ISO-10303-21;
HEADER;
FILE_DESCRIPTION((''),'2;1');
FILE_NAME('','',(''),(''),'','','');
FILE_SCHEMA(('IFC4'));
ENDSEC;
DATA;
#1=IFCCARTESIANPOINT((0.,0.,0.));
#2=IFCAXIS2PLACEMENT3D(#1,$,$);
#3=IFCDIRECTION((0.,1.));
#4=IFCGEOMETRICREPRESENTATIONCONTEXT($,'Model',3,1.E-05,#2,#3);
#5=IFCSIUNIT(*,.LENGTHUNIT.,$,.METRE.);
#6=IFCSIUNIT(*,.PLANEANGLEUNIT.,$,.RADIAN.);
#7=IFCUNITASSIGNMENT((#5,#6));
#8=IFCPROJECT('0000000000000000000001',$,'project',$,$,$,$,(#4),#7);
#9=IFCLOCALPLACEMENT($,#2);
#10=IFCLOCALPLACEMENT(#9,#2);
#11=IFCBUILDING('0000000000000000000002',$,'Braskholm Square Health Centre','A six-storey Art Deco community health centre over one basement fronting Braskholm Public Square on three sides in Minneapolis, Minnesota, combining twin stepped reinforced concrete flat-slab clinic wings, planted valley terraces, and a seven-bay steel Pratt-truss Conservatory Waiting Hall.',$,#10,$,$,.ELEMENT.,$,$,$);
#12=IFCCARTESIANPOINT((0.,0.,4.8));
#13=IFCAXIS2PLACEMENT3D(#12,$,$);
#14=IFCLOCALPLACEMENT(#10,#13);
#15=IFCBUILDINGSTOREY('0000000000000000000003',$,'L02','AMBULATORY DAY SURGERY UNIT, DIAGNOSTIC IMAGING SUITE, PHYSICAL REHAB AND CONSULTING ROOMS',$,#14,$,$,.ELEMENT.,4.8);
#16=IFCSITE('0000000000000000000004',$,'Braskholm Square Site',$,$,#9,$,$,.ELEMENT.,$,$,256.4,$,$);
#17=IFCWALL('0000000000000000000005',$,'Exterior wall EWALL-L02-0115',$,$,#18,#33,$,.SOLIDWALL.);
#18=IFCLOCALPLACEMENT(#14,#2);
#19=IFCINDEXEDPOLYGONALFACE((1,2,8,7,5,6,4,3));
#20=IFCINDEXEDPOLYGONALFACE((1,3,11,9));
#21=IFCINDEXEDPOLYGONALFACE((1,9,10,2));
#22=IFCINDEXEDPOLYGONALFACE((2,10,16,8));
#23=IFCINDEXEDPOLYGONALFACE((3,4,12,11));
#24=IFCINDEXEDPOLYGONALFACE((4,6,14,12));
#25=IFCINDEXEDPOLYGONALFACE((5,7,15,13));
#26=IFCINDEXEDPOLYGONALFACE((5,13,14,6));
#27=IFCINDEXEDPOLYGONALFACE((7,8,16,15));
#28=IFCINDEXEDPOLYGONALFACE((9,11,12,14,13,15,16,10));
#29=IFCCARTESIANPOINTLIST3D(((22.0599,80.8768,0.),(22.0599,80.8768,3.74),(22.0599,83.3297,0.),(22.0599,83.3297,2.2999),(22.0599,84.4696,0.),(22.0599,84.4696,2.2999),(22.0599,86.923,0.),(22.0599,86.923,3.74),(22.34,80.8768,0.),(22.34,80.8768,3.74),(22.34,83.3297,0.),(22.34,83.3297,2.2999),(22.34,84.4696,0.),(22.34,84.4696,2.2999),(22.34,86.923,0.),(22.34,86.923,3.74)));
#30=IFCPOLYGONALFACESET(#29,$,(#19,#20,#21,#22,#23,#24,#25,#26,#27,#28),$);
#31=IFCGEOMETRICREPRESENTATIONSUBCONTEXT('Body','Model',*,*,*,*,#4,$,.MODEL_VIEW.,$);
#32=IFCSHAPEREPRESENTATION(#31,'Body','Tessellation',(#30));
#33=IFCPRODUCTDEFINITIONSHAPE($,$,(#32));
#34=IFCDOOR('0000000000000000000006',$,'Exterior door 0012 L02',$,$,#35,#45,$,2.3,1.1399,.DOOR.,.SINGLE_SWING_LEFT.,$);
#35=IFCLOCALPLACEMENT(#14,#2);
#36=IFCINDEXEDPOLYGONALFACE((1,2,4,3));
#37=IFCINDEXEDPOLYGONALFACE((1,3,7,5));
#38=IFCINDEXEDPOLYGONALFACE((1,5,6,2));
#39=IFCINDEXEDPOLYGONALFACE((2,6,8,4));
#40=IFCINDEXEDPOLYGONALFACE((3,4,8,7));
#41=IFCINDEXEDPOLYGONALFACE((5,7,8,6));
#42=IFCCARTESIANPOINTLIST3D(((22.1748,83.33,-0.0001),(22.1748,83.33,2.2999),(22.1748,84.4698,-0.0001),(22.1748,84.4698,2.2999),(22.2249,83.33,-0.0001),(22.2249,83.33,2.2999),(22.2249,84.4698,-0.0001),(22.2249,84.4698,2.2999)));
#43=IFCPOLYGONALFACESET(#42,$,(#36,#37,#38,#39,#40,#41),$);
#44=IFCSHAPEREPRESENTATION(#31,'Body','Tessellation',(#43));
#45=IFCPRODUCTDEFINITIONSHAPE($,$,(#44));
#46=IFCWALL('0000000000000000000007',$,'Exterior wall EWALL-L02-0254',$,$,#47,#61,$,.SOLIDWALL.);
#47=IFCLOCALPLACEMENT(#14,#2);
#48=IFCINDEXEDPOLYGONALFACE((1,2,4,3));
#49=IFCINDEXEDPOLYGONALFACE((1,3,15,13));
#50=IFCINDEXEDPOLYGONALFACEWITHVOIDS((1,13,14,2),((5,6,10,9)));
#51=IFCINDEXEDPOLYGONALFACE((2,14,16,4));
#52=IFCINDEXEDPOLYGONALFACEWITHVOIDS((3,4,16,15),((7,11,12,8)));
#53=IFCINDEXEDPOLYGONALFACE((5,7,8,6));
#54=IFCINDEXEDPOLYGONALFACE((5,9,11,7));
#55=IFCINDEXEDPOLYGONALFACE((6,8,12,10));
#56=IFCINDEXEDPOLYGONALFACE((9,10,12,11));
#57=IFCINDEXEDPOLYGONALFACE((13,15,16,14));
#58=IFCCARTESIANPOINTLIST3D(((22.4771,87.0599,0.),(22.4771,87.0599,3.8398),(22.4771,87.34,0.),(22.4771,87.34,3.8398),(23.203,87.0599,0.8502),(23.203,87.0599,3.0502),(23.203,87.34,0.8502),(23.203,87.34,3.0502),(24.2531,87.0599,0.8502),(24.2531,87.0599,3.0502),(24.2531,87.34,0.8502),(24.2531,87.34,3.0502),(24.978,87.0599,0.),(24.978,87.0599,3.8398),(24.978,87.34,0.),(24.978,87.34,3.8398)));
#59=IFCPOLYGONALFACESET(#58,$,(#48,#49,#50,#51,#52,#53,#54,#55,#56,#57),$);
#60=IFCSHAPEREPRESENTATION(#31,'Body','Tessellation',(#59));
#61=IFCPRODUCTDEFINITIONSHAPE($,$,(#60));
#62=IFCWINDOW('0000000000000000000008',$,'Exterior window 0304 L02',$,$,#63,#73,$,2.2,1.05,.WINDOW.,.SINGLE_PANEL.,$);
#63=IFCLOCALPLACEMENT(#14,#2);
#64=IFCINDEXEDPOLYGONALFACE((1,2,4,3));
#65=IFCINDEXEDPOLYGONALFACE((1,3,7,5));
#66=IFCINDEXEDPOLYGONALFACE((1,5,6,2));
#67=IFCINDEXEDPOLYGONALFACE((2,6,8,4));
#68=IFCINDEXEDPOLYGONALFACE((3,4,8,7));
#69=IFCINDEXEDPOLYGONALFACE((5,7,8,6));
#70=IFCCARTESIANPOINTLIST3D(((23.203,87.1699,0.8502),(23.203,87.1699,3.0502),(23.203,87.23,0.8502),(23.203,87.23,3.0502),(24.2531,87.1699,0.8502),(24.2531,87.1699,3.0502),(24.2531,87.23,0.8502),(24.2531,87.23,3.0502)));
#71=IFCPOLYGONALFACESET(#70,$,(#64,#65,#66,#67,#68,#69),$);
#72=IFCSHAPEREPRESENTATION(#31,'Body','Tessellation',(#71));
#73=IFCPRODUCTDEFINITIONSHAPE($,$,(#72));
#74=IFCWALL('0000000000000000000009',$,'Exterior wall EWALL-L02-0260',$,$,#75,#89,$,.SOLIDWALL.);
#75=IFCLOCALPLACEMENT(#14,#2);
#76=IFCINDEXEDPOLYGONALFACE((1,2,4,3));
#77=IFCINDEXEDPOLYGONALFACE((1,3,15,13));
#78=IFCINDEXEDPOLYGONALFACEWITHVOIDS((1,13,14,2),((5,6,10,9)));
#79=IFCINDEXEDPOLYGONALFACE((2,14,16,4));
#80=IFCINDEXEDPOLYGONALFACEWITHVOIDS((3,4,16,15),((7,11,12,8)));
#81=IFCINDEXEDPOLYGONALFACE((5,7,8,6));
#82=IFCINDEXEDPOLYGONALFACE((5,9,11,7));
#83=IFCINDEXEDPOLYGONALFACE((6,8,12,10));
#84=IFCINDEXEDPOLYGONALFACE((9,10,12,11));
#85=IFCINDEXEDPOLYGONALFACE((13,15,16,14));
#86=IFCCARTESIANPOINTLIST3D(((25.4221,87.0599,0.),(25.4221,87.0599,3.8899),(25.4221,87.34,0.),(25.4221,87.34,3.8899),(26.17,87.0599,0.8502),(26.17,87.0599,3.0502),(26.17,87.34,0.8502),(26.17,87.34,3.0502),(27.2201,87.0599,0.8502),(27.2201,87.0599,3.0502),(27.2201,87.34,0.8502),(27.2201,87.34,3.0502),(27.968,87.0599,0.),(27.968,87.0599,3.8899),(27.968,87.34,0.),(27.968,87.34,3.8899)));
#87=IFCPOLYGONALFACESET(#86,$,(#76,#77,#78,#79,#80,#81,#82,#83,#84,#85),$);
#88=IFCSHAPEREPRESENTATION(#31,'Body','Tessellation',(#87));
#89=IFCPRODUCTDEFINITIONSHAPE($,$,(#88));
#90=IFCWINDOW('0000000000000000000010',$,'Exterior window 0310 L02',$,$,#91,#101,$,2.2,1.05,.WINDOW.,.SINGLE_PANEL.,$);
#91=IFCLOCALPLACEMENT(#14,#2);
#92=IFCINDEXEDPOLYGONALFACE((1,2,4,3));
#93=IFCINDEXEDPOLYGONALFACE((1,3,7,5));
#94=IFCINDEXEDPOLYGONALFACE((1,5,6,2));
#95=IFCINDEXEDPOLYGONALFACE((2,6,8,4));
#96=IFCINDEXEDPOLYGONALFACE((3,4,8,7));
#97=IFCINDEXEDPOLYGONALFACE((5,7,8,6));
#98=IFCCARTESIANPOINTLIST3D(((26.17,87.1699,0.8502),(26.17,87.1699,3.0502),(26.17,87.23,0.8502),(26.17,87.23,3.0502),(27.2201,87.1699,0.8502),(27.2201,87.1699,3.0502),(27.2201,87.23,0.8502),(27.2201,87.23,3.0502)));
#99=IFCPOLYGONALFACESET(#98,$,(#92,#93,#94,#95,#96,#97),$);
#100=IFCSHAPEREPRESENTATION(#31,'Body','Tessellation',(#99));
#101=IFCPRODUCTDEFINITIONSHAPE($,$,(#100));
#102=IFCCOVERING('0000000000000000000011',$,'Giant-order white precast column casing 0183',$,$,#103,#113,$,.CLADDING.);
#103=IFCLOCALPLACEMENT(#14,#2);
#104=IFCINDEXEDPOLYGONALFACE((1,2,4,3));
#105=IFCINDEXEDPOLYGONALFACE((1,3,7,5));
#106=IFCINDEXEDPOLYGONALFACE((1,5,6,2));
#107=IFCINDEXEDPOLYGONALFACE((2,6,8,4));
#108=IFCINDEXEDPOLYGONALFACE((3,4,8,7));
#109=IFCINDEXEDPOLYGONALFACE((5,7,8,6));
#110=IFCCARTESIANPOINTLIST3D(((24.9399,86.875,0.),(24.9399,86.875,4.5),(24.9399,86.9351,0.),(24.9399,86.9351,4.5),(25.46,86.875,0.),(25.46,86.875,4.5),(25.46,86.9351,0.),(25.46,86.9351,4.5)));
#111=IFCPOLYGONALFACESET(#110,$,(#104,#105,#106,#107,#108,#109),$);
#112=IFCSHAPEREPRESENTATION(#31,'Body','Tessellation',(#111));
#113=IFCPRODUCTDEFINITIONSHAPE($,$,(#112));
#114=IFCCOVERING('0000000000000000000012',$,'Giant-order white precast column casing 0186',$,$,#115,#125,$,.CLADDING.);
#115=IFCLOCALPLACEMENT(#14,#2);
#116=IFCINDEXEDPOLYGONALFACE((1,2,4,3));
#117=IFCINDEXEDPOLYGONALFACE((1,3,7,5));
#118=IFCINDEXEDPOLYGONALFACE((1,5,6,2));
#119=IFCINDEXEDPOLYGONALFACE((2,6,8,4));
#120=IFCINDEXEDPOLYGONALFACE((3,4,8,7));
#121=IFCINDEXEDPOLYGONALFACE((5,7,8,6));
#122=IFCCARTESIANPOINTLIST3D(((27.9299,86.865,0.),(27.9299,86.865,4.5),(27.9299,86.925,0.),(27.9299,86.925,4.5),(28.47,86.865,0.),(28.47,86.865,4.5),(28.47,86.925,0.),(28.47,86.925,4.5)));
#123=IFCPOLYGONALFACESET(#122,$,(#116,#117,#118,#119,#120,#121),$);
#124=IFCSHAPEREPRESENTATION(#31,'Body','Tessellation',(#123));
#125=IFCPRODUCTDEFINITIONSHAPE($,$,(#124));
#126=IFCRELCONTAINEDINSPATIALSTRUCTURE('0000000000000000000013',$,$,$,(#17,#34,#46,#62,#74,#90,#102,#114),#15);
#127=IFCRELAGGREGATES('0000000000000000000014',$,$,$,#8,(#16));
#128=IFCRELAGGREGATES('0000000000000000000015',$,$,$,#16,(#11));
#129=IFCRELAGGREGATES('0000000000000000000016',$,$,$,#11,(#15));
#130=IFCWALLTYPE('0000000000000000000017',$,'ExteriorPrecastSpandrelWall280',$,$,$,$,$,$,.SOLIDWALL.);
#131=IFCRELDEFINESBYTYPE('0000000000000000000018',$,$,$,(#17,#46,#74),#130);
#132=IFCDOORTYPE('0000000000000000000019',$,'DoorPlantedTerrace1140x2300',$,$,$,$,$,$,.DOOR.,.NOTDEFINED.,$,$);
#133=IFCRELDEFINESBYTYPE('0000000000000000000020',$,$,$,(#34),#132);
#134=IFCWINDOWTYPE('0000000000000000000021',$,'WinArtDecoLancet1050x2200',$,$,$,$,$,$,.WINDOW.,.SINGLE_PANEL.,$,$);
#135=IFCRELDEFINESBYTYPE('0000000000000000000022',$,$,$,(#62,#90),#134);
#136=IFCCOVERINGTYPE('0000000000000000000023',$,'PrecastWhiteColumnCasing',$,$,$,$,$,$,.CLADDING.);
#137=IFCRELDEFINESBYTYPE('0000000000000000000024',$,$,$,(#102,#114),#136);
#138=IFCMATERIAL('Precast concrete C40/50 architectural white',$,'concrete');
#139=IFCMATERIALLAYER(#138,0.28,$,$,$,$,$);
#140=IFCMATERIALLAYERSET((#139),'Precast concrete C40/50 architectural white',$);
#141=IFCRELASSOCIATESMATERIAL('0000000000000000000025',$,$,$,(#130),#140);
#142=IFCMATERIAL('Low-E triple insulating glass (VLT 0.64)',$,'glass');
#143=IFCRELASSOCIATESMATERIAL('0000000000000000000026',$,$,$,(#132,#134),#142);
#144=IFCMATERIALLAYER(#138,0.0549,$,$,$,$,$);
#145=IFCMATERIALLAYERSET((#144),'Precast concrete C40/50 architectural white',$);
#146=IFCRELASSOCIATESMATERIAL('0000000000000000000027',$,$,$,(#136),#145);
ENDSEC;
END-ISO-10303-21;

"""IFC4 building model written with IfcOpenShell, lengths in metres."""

from ifc_helpers import new_model, si_unit, direction, frame, frame_2d, origin, origin_with_axes, origin_2d, place, context, subcontext, project, spatial, rectangle, extrude, material, layer, layer_set, type_object, element, fill, save


model = new_model("IFC4")

# Units and contexts
model_context = context("Model", 3, precision=1e-05, world=origin(), true_north=direction((0.0, 1.0)))
body_context = subcontext(model_context, "Body", "Model", "MODEL_VIEW")
ifc_project = project(units=[si_unit("LENGTHUNIT", "METRE"), si_unit("PLANEANGLEUNIT", "RADIAN")], contexts=[model_context])

# Site, building, storey
site_placement = place(None, origin())
site = spatial("IfcSite", under=ifc_project, at=site_placement, Name="Braskholm Square Site", CompositionType="ELEMENT", RefElevation=256.4)
building_placement = place(site_placement, origin())
building = spatial("IfcBuilding", under=site, at=building_placement, Name="Braskholm Square Health Centre", Description="A six-storey Art Deco community health centre over one basement fronting Braskholm Public Square on three sides in Minneapolis, Minnesota, combining twin stepped reinforced concrete flat-slab clinic wings, planted valley terraces, and a seven-bay steel Pratt-truss Conservatory Waiting Hall.", CompositionType="ELEMENT")
storey_placement = place(building_placement, frame((0.0, 0.0, 4.8)))
storey = spatial("IfcBuildingStorey", under=building, at=storey_placement, Name="L02", Description="AMBULATORY DAY SURGERY UNIT, DIAGNOSTIC IMAGING SUITE, PHYSICAL REHAB AND CONSULTING ROOMS", CompositionType="ELEMENT", Elevation=4.8)

# Shared definitions
ifc_material_1 = material(Name="Precast concrete C40/50 architectural white", Category="concrete")

# Wall, opening, door
ifc_layer_1 = layer(ifc_material_1, 0.28)
ifc_layer_set_1 = layer_set([ifc_layer_1], Name="Precast concrete C40/50 architectural white")
wall_type = type_object("IfcWallType", Name="ExteriorPrecastSpandrelWall280", PredefinedType="SOLIDWALL", material=ifc_layer_set_1)
wall_1_placement = place(storey_placement, frame((22.2, 80.877, 0.0), z_axis=(0.0, 0.0, 1.0), x_axis=(0.0, 1.0, 0.0)))
wall_1 = element("IfcWall", 1, at=wall_1_placement, inside=storey, type_object=wall_type, Name="Exterior wall EWALL-L02-0115", PredefinedType="SOLIDWALL", context=body_context, shape_type="SweptSolid", body=[
    extrude(rectangle(XDim=6.0461, YDim=0.28, at=frame_2d((3.0229, 0.0))), origin(), (0.0, 0.0, 1.0), 3.74),
])
opening_1_placement = place(wall_1_placement, frame((2.4529, 0.0, 0.0)))
opening_1 = element("IfcOpeningElement", 2, at=opening_1_placement, cuts=wall_1, PredefinedType="OPENING", context=body_context, shape_type="SweptSolid", body=[
    extrude(rectangle(XDim=1.1399, YDim=2.3, at=frame_2d((0.5698, 1.1499))), frame((0.0, 0.1499, 0.0), z_axis=(0.0, -1.0, 0.0), x_axis=(1.0, 0.0, 0.0)), (0.0, 0.0, 1.0), 0.3),
])
ifc_material_2 = material(Name="Low-E triple insulating glass (VLT 0.64)", Category="glass")
door_type = type_object("IfcDoorType", Name="DoorPlantedTerrace1140x2300", OperationType="NOTDEFINED", PredefinedType="DOOR", material=ifc_material_2)
door_placement = place(opening_1_placement, frame((1.1399, 0.0, 0.0), z_axis=(0.0, 0.0, 1.0), x_axis=(-1.0, 0.0, 0.0)))
door = element("IfcDoor", 3, at=door_placement, inside=storey, type_object=door_type, Name="Exterior door 0012 L02", OperationType="SINGLE_SWING_LEFT", OverallHeight=2.3, OverallWidth=1.1399, PredefinedType="DOOR", context=body_context, shape_type="SweptSolid", body=[
    extrude(rectangle(XDim=1.1399, YDim=2.3, at=frame_2d((0.5698, 1.1499))), frame((0.0, 0.0249, 0.0), z_axis=(0.0, -1.0, 0.0), x_axis=(1.0, 0.0, 0.0)), (0.0, 0.0, 1.0), 0.05),
])
fill(opening_1, door)

# Walls, openings, windows
wall_2_placement = place(storey_placement, frame((22.4771, 87.2, 0.0), z_axis=(0.0, 0.0, 1.0), x_axis=(1.0, 0.0, 0.0)))
wall_2 = element("IfcWall", 4, at=wall_2_placement, inside=storey, type_object=wall_type, Name="Exterior wall EWALL-L02-0254", PredefinedType="SOLIDWALL", context=body_context, shape_type="SweptSolid", body=[
    extrude(rectangle(XDim=2.501, YDim=0.28, at=frame_2d((1.2505, 0.0))), origin(), (0.0, 0.0, 1.0), 3.8398),
])
opening_2_placement = place(wall_2_placement, frame((0.7261, 0.0, 0.8501)))
opening_2 = element("IfcOpeningElement", 5, at=opening_2_placement, cuts=wall_2, PredefinedType="OPENING", context=body_context, shape_type="SweptSolid", body=[
    extrude(rectangle(XDim=1.05, YDim=2.2, at=frame_2d((0.5249, 1.1001))), frame((0.0, 0.1499, 0.0), z_axis=(0.0, -1.0, 0.0), x_axis=(1.0, 0.0, 0.0)), (0.0, 0.0, 1.0), 0.3),
])
window_type = type_object("IfcWindowType", Name="WinArtDecoLancet1050x2200", PartitioningType="SINGLE_PANEL", PredefinedType="WINDOW", material=ifc_material_2)
window_1_placement = place(opening_2_placement, origin_with_axes())
window_1 = element("IfcWindow", 6, at=window_1_placement, inside=storey, type_object=window_type, Name="Exterior window 0304 L02", OverallHeight=2.2, OverallWidth=1.05, PartitioningType="SINGLE_PANEL", PredefinedType="WINDOW", context=body_context, shape_type="SweptSolid", body=[
    extrude(rectangle(XDim=1.05, YDim=2.2, at=frame_2d((0.5249, 1.1001))), frame((0.0, 0.03, 0.0), z_axis=(0.0, -1.0, 0.0), x_axis=(1.0, 0.0, 0.0)), (0.0, 0.0, 1.0), 0.0601),
])
fill(opening_2, window_1)
wall_3_placement = place(storey_placement, frame((25.4221, 87.2, 0.0), z_axis=(0.0, 0.0, 1.0), x_axis=(1.0, 0.0, 0.0)))
wall_3 = element("IfcWall", 7, at=wall_3_placement, inside=storey, type_object=wall_type, Name="Exterior wall EWALL-L02-0260", PredefinedType="SOLIDWALL", context=body_context, shape_type="SweptSolid", body=[
    extrude(rectangle(XDim=2.5459, YDim=0.28, at=frame_2d((1.2729, 0.0))), origin(), (0.0, 0.0, 1.0), 3.8899),
])
opening_3_placement = place(wall_3_placement, frame((0.748, 0.0, 0.8501)))
opening_3 = element("IfcOpeningElement", 8, at=opening_3_placement, cuts=wall_3, PredefinedType="OPENING", context=body_context, shape_type="SweptSolid", body=[
    extrude(rectangle(XDim=1.05, YDim=2.2, at=frame_2d((0.5249, 1.1001))), frame((0.0, 0.1499, 0.0), z_axis=(0.0, -1.0, 0.0), x_axis=(1.0, 0.0, 0.0)), (0.0, 0.0, 1.0), 0.3),
])
window_2_placement = place(opening_3_placement, origin_with_axes())
window_2 = element("IfcWindow", 9, at=window_2_placement, inside=storey, type_object=window_type, Name="Exterior window 0310 L02", OverallHeight=2.2, OverallWidth=1.05, PartitioningType="SINGLE_PANEL", PredefinedType="WINDOW", context=body_context, shape_type="SweptSolid", body=[
    extrude(rectangle(XDim=1.05, YDim=2.2, at=frame_2d((0.5249, 1.1001))), frame((0.0, 0.03, 0.0), z_axis=(0.0, -1.0, 0.0), x_axis=(1.0, 0.0, 0.0)), (0.0, 0.0, 1.0), 0.0601),
])
fill(opening_3, window_2)

# Coverings
ifc_layer_2 = layer(ifc_material_1, 0.0549)
ifc_layer_set_2 = layer_set([ifc_layer_2], Name="Precast concrete C40/50 architectural white")
covering_type = type_object("IfcCoveringType", Name="PrecastWhiteColumnCasing", PredefinedType="CLADDING", material=ifc_layer_set_2)
covering_1_placement = place(storey_placement, frame((25.2, 86.905, 0.0), z_axis=(0.0, 0.0, 1.0), x_axis=(1.0, 0.0, 0.0)))
element("IfcCovering", 10, at=covering_1_placement, inside=storey, type_object=covering_type, Name="Giant-order white precast column casing 0183", PredefinedType="CLADDING", context=body_context, shape_type="SweptSolid", body=[
    extrude(rectangle(XDim=0.52, YDim=0.0601, at=origin_2d()), origin(), (0.0, 0.0, 1.0), 4.5),
])
covering_2_placement = place(storey_placement, frame((28.2, 86.895, 0.0), z_axis=(0.0, 0.0, 1.0), x_axis=(1.0, 0.0, 0.0)))
element("IfcCovering", 11, at=covering_2_placement, inside=storey, type_object=covering_type, Name="Giant-order white precast column casing 0186", PredefinedType="CLADDING", context=body_context, shape_type="SweptSolid", body=[
    extrude(rectangle(XDim=0.54, YDim=0.0601, at=origin_2d()), origin(), (0.0, 0.0, 1.0), 4.5),
])

save(model, "model.ifc")
